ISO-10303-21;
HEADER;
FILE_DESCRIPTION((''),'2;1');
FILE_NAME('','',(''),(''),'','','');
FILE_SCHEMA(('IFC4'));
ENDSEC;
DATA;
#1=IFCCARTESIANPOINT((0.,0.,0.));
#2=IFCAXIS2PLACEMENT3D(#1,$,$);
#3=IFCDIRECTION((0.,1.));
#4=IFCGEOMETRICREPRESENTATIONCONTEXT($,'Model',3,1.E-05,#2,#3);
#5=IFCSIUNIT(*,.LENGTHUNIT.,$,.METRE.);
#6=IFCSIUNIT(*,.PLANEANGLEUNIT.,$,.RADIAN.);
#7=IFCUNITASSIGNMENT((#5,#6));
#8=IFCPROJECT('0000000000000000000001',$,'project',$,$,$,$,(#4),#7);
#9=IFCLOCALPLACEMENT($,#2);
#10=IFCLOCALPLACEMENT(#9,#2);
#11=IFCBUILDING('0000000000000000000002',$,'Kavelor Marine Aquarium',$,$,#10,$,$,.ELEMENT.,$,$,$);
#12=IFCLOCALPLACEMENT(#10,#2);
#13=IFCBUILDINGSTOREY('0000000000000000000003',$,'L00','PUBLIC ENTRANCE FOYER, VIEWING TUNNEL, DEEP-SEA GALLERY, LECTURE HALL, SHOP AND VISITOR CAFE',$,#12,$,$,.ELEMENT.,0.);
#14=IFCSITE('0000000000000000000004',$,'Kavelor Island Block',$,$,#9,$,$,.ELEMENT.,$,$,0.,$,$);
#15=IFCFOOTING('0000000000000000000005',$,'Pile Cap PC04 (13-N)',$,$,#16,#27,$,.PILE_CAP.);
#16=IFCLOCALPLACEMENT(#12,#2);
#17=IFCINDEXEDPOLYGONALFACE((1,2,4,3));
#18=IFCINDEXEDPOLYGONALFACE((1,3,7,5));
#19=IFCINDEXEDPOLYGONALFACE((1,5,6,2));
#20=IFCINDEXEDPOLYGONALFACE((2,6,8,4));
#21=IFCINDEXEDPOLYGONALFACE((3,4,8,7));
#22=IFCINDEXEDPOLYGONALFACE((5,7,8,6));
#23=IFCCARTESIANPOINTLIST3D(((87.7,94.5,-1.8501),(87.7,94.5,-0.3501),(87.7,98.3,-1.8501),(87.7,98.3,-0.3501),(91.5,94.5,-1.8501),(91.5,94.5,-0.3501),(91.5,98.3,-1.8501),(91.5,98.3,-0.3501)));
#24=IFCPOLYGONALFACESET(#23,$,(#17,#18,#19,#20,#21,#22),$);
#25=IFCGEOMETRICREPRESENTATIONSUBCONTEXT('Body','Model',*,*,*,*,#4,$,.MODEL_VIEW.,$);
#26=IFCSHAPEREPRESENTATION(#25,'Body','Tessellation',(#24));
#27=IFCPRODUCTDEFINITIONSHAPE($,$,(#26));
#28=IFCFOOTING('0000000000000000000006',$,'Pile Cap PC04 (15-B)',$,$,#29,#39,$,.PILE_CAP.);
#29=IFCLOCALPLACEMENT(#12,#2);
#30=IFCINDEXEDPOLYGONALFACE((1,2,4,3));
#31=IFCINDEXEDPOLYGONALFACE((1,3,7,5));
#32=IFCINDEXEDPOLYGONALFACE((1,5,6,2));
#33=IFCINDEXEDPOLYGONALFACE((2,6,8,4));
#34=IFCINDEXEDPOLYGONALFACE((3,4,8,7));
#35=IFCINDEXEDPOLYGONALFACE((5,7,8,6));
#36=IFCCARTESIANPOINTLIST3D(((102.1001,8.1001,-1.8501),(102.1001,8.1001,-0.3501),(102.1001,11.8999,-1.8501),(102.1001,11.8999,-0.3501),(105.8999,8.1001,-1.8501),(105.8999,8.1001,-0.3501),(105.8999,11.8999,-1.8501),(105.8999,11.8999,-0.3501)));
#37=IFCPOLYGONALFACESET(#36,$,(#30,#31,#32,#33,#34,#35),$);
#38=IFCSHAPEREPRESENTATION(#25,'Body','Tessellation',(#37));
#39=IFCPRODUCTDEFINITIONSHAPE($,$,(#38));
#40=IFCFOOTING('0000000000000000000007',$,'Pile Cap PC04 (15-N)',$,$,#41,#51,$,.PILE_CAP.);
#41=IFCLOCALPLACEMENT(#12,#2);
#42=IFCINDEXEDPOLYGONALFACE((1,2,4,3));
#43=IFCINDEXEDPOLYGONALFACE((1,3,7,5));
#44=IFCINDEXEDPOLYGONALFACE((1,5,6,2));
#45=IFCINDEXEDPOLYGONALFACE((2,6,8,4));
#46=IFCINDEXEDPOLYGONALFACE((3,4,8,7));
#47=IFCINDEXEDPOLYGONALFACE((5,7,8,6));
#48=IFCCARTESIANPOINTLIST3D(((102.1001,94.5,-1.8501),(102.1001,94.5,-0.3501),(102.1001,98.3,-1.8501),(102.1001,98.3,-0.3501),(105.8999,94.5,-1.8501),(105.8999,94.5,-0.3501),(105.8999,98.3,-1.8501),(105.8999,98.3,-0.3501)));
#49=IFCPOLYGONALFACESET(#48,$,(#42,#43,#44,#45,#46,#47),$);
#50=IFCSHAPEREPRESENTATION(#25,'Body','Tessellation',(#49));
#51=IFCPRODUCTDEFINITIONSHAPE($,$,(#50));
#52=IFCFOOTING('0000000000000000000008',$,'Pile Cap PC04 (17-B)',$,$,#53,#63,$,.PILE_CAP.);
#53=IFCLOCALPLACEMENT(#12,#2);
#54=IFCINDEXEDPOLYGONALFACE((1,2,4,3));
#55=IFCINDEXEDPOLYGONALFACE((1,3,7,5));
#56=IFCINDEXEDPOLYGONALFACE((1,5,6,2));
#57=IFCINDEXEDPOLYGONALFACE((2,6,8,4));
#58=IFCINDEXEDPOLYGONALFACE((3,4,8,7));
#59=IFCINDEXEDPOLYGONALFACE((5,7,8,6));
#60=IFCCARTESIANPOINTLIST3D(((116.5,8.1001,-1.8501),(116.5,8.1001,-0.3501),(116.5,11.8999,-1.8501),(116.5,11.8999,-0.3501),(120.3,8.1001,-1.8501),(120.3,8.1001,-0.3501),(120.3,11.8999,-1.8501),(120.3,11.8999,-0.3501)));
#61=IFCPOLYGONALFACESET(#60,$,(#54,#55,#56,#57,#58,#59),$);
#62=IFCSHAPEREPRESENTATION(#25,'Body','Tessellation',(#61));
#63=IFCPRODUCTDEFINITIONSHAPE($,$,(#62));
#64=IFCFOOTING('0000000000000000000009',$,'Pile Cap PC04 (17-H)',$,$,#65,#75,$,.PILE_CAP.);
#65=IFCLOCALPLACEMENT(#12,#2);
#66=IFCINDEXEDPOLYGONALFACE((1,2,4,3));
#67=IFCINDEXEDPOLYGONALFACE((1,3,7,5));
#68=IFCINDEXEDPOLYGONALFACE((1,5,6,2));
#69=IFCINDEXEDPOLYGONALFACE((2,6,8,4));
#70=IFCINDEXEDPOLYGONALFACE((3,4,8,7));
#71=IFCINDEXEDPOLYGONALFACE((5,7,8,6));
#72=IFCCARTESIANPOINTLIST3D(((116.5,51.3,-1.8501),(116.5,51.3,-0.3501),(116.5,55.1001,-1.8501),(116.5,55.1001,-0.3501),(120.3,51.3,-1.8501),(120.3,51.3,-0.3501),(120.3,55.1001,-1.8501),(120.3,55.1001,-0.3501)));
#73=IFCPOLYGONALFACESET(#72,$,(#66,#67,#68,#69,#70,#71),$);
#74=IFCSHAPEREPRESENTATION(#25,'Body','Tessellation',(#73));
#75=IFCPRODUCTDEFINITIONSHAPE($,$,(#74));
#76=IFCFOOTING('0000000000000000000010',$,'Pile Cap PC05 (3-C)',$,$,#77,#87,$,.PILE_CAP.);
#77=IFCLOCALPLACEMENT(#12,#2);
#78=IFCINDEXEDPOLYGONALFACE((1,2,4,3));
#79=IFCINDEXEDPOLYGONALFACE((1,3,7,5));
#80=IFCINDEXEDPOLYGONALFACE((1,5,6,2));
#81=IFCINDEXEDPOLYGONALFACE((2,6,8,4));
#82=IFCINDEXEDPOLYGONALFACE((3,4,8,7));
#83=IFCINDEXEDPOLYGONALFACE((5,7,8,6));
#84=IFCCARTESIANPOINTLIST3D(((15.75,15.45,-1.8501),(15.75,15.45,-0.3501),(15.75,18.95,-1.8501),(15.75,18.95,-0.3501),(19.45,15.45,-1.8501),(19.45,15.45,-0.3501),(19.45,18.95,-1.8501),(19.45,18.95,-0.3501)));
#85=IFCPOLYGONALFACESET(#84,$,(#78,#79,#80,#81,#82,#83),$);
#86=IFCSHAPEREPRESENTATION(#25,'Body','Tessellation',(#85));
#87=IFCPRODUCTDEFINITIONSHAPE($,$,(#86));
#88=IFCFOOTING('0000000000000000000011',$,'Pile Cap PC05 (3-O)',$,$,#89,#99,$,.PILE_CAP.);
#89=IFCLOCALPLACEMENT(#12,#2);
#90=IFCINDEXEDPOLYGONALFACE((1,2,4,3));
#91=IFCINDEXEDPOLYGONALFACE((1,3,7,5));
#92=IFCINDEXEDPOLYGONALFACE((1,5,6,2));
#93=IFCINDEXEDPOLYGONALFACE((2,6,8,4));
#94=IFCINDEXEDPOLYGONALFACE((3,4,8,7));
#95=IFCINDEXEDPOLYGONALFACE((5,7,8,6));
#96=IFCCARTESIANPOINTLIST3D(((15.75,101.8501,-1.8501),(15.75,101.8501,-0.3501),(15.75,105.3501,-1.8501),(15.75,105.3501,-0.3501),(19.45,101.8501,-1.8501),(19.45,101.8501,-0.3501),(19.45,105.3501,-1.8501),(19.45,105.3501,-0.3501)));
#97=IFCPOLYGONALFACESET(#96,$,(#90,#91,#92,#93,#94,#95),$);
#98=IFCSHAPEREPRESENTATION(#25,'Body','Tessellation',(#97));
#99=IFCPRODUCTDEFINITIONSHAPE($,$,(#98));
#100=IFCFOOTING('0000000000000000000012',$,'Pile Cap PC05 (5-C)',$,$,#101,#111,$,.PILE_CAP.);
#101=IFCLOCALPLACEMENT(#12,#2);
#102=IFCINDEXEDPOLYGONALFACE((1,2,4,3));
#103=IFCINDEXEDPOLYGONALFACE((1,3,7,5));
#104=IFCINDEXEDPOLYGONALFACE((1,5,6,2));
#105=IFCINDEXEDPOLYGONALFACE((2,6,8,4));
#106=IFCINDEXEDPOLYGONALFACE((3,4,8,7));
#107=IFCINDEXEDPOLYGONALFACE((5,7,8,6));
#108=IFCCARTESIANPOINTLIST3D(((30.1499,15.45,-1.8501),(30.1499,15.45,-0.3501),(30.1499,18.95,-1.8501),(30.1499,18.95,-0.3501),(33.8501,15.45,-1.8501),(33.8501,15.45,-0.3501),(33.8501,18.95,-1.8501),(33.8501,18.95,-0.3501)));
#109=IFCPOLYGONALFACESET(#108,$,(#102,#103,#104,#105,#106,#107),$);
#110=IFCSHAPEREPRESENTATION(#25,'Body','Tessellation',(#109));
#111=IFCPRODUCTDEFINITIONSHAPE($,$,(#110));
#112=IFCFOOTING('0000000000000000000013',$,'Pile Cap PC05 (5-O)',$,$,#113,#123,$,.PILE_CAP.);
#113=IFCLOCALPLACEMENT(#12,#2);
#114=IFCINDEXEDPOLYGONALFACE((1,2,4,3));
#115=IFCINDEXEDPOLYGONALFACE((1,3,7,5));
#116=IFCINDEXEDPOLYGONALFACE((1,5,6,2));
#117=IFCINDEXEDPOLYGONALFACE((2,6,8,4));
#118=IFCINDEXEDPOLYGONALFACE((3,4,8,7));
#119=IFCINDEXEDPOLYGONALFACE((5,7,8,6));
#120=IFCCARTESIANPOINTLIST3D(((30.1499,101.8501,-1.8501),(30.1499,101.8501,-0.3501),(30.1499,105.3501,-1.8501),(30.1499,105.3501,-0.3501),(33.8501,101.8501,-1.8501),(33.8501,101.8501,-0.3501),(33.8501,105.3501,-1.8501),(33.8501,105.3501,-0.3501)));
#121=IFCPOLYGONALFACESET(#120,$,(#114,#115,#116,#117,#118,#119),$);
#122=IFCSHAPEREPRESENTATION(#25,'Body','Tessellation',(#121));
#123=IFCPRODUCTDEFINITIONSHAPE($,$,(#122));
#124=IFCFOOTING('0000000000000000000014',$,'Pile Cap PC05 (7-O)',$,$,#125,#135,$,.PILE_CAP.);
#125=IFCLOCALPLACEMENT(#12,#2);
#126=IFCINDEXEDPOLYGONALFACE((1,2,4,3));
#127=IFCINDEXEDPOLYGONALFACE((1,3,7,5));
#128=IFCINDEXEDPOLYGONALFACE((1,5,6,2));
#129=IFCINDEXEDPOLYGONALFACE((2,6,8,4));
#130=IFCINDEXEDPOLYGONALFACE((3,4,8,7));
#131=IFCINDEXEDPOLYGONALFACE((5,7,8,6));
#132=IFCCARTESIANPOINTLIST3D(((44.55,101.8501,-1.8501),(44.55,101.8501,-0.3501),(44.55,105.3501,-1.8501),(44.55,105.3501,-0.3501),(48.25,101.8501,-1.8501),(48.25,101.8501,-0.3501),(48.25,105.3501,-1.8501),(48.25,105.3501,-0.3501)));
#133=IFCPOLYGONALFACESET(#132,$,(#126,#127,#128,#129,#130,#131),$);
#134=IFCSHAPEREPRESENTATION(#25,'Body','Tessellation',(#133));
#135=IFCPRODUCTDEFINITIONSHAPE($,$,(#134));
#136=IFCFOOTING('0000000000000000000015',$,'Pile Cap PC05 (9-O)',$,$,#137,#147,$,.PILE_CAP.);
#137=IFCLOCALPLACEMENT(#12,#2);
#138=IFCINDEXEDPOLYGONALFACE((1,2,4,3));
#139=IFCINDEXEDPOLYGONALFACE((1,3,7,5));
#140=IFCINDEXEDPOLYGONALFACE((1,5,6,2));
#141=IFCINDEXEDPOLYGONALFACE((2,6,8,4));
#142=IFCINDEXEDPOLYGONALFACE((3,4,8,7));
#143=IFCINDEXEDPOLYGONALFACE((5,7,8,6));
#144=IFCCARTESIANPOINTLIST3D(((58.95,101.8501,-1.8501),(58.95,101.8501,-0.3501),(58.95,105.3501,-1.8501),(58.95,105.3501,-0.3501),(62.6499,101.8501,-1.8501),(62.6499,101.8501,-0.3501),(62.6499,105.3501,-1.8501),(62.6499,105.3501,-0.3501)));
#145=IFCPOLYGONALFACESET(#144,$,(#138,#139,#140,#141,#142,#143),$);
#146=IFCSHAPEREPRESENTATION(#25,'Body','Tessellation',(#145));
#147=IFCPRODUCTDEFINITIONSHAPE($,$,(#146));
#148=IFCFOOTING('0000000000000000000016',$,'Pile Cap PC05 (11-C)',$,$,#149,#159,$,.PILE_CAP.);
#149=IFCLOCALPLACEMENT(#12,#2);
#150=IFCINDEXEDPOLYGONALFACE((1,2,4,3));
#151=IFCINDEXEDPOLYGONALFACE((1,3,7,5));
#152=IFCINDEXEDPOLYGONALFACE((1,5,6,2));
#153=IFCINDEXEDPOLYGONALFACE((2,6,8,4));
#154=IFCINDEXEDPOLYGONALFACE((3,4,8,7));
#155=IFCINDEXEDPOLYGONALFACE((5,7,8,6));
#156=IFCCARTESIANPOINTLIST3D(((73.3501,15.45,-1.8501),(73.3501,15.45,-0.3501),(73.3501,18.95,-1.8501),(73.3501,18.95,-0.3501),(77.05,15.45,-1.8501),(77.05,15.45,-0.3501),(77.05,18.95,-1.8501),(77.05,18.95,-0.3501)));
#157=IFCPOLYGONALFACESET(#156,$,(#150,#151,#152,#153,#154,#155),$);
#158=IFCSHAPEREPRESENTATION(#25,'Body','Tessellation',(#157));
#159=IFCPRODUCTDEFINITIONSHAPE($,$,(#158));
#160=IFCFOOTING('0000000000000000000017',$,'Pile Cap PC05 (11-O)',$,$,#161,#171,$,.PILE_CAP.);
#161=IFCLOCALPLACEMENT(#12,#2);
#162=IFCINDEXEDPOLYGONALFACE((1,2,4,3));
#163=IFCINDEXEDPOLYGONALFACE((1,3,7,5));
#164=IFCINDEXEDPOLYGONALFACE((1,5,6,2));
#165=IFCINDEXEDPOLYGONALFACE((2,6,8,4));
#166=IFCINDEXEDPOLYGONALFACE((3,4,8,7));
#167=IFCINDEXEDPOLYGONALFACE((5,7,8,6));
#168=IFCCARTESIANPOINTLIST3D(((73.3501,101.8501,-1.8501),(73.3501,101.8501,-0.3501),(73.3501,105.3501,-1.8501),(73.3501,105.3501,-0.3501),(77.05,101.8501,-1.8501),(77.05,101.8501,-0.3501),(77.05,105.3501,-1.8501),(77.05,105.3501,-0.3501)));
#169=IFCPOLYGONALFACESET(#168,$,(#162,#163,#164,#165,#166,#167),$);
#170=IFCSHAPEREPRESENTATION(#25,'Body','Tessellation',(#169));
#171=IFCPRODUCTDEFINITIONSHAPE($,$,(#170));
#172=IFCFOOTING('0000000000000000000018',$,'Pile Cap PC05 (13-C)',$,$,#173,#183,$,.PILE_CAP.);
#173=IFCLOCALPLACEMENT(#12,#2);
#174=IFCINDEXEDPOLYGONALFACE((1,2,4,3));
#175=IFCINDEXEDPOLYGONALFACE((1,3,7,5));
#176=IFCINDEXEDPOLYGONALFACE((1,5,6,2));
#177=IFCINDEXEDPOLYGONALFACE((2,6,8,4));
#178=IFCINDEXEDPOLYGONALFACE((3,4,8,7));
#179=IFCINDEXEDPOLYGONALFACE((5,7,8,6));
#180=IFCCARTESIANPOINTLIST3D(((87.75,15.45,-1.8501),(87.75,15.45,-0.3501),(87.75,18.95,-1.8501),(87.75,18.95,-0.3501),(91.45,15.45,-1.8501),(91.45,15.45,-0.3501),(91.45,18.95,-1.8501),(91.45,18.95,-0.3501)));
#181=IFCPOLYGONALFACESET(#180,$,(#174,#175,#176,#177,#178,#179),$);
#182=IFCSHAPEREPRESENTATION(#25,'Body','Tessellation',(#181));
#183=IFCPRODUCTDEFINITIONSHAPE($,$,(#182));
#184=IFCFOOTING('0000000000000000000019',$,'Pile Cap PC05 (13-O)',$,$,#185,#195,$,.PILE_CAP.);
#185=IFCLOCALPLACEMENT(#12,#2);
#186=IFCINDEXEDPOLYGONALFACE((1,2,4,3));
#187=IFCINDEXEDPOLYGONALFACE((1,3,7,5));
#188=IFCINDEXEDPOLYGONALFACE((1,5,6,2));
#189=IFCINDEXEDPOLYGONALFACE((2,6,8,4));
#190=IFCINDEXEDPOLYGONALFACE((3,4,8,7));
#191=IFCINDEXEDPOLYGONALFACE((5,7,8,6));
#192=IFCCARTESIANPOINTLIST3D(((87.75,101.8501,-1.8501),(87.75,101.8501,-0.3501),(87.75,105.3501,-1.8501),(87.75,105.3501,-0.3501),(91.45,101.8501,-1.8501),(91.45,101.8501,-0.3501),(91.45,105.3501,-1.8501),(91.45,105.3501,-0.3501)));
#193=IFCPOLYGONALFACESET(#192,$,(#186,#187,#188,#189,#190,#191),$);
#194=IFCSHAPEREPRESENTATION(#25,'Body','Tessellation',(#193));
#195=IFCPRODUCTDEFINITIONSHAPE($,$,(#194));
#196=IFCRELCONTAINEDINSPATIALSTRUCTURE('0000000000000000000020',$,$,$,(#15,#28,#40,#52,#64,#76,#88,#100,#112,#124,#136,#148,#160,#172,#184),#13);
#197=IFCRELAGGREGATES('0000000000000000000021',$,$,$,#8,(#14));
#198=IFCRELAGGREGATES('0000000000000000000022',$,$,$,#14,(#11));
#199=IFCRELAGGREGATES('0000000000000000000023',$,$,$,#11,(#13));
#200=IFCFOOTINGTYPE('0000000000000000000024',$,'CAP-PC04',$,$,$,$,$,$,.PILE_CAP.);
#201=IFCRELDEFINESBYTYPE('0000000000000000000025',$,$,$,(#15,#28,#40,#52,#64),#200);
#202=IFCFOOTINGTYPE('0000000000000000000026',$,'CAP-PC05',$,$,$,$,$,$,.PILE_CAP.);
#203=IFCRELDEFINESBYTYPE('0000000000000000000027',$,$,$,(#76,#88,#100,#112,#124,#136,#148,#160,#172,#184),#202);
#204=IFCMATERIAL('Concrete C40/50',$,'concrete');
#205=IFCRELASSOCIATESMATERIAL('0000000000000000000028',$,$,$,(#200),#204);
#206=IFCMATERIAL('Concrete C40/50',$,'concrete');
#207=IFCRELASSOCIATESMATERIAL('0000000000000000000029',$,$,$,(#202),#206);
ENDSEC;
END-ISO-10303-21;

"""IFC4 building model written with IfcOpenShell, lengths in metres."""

from ifc_helpers import new_model, si_unit, direction, frame, origin, place, context, subcontext, project, spatial, polyline, outline, extrude, material, type_object, element, save


model = new_model("IFC4")

# Units and contexts
model_context = context("Model", 3, precision=1e-05, world=origin(), true_north=direction((0.0, 1.0)))
body_context = subcontext(model_context, "Body", "Model", "MODEL_VIEW")
ifc_project = project(units=[si_unit("LENGTHUNIT", "METRE"), si_unit("PLANEANGLEUNIT", "RADIAN")], contexts=[model_context])

# Site, building, storey
site_placement = place(None, origin())
site = spatial("IfcSite", under=ifc_project, at=site_placement, Name="Kavelor Island Block", CompositionType="ELEMENT", RefElevation=0.0)
building_placement = place(site_placement, origin())
building = spatial("IfcBuilding", under=site, at=building_placement, Name="Kavelor Marine Aquarium", CompositionType="ELEMENT")
storey_placement = place(building_placement, origin())
storey = spatial("IfcBuildingStorey", under=building, at=storey_placement, Name="L00", Description="PUBLIC ENTRANCE FOYER, VIEWING TUNNEL, DEEP-SEA GALLERY, LECTURE HALL, SHOP AND VISITOR CAFE", CompositionType="ELEMENT", Elevation=0.0)

# Footings
ifc_material_1 = material(Name="Concrete C40/50", Category="concrete")
footing_type_1 = type_object("IfcFootingType", Name="CAP-PC04", PredefinedType="PILE_CAP", material=ifc_material_1)
footing_1_placement = place(storey_placement, frame((0.0, 0.0, -1.8501)))
element("IfcFooting", 1, at=footing_1_placement, inside=storey, type_object=footing_type_1, Name="Pile Cap PC04 (13-N)", PredefinedType="PILE_CAP", context=body_context, shape_type="SweptSolid", body=[
    extrude(outline(polyline([(87.7, 94.5), (91.5, 94.5), (91.5, 98.3), (87.7, 98.3), (87.7, 94.5)])), origin(), (0.0, 0.0, 1.0), 1.5),
])
footing_2_placement = place(storey_placement, frame((0.0, 0.0, -1.8501)))
element("IfcFooting", 2, at=footing_2_placement, inside=storey, type_object=footing_type_1, Name="Pile Cap PC04 (15-B)", PredefinedType="PILE_CAP", context=body_context, shape_type="SweptSolid", body=[
    extrude(outline(polyline([(102.1001, 8.1001), (105.8999, 8.1001), (105.8999, 11.8999), (102.1001, 11.8999), (102.1001, 8.1001)])), origin(), (0.0, 0.0, 1.0), 1.5),
])
footing_3_placement = place(storey_placement, frame((0.0, 0.0, -1.8501)))
element("IfcFooting", 3, at=footing_3_placement, inside=storey, type_object=footing_type_1, Name="Pile Cap PC04 (15-N)", PredefinedType="PILE_CAP", context=body_context, shape_type="SweptSolid", body=[
    extrude(outline(polyline([(102.1001, 94.5), (105.8999, 94.5), (105.8999, 98.3), (102.1001, 98.3), (102.1001, 94.5)])), origin(), (0.0, 0.0, 1.0), 1.5),
])
footing_4_placement = place(storey_placement, frame((0.0, 0.0, -1.8501)))
element("IfcFooting", 4, at=footing_4_placement, inside=storey, type_object=footing_type_1, Name="Pile Cap PC04 (17-B)", PredefinedType="PILE_CAP", context=body_context, shape_type="SweptSolid", body=[
    extrude(outline(polyline([(116.5, 8.1001), (120.3, 8.1001), (120.3, 11.8999), (116.5, 11.8999), (116.5, 8.1001)])), origin(), (0.0, 0.0, 1.0), 1.5),
])
footing_5_placement = place(storey_placement, frame((0.0, 0.0, -1.8501)))
element("IfcFooting", 5, at=footing_5_placement, inside=storey, type_object=footing_type_1, Name="Pile Cap PC04 (17-H)", PredefinedType="PILE_CAP", context=body_context, shape_type="SweptSolid", body=[
    extrude(outline(polyline([(116.5, 51.3), (120.3, 51.3), (120.3, 55.1001), (116.5, 55.1001), (116.5, 51.3)])), origin(), (0.0, 0.0, 1.0), 1.5),
])
ifc_material_2 = material(Name="Concrete C40/50", Category="concrete")
footing_type_2 = type_object("IfcFootingType", Name="CAP-PC05", PredefinedType="PILE_CAP", material=ifc_material_2)
footing_6_placement = place(storey_placement, frame((0.0, 0.0, -1.8501)))
element("IfcFooting", 6, at=footing_6_placement, inside=storey, type_object=footing_type_2, Name="Pile Cap PC05 (3-C)", PredefinedType="PILE_CAP", context=body_context, shape_type="SweptSolid", body=[
    extrude(outline(polyline([(15.75, 15.45), (19.45, 15.45), (19.45, 18.95), (15.75, 18.95), (15.75, 15.45)])), origin(), (0.0, 0.0, 1.0), 1.5),
])
footing_7_placement = place(storey_placement, frame((0.0, 0.0, -1.8501)))
element("IfcFooting", 7, at=footing_7_placement, inside=storey, type_object=footing_type_2, Name="Pile Cap PC05 (3-O)", PredefinedType="PILE_CAP", context=body_context, shape_type="SweptSolid", body=[
    extrude(outline(polyline([(15.75, 101.8501), (19.45, 101.8501), (19.45, 105.3501), (15.75, 105.3501), (15.75, 101.8501)])), origin(), (0.0, 0.0, 1.0), 1.5),
])
footing_8_placement = place(storey_placement, frame((0.0, 0.0, -1.8501)))
element("IfcFooting", 8, at=footing_8_placement, inside=storey, type_object=footing_type_2, Name="Pile Cap PC05 (5-C)", PredefinedType="PILE_CAP", context=body_context, shape_type="SweptSolid", body=[
    extrude(outline(polyline([(30.1499, 15.45), (33.8501, 15.45), (33.8501, 18.95), (30.1499, 18.95), (30.1499, 15.45)])), origin(), (0.0, 0.0, 1.0), 1.5),
])
footing_9_placement = place(storey_placement, frame((0.0, 0.0, -1.8501)))
element("IfcFooting", 9, at=footing_9_placement, inside=storey, type_object=footing_type_2, Name="Pile Cap PC05 (5-O)", PredefinedType="PILE_CAP", context=body_context, shape_type="SweptSolid", body=[
    extrude(outline(polyline([(30.1499, 101.8501), (33.8501, 101.8501), (33.8501, 105.3501), (30.1499, 105.3501), (30.1499, 101.8501)])), origin(), (0.0, 0.0, 1.0), 1.5),
])
footing_10_placement = place(storey_placement, frame((0.0, 0.0, -1.8501)))
element("IfcFooting", 10, at=footing_10_placement, inside=storey, type_object=footing_type_2, Name="Pile Cap PC05 (7-O)", PredefinedType="PILE_CAP", context=body_context, shape_type="SweptSolid", body=[
    extrude(outline(polyline([(44.55, 101.8501), (48.25, 101.8501), (48.25, 105.3501), (44.55, 105.3501), (44.55, 101.8501)])), origin(), (0.0, 0.0, 1.0), 1.5),
])
footing_11_placement = place(storey_placement, frame((0.0, 0.0, -1.8501)))
element("IfcFooting", 11, at=footing_11_placement, inside=storey, type_object=footing_type_2, Name="Pile Cap PC05 (9-O)", PredefinedType="PILE_CAP", context=body_context, shape_type="SweptSolid", body=[
    extrude(outline(polyline([(58.95, 101.8501), (62.6499, 101.8501), (62.6499, 105.3501), (58.95, 105.3501), (58.95, 101.8501)])), origin(), (0.0, 0.0, 1.0), 1.5),
])
footing_12_placement = place(storey_placement, frame((0.0, 0.0, -1.8501)))
element("IfcFooting", 12, at=footing_12_placement, inside=storey, type_object=footing_type_2, Name="Pile Cap PC05 (11-C)", PredefinedType="PILE_CAP", context=body_context, shape_type="SweptSolid", body=[
    extrude(outline(polyline([(73.3501, 15.45), (77.05, 15.45), (77.05, 18.95), (73.3501, 18.95), (73.3501, 15.45)])), origin(), (0.0, 0.0, 1.0), 1.5),
])
footing_13_placement = place(storey_placement, frame((0.0, 0.0, -1.8501)))
element("IfcFooting", 13, at=footing_13_placement, inside=storey, type_object=footing_type_2, Name="Pile Cap PC05 (11-O)", PredefinedType="PILE_CAP", context=body_context, shape_type="SweptSolid", body=[
    extrude(outline(polyline([(73.3501, 101.8501), (77.05, 101.8501), (77.05, 105.3501), (73.3501, 105.3501), (73.3501, 101.8501)])), origin(), (0.0, 0.0, 1.0), 1.5),
])
footing_14_placement = place(storey_placement, frame((0.0, 0.0, -1.8501)))
element("IfcFooting", 14, at=footing_14_placement, inside=storey, type_object=footing_type_2, Name="Pile Cap PC05 (13-C)", PredefinedType="PILE_CAP", context=body_context, shape_type="SweptSolid", body=[
    extrude(outline(polyline([(87.75, 15.45), (91.45, 15.45), (91.45, 18.95), (87.75, 18.95), (87.75, 15.45)])), origin(), (0.0, 0.0, 1.0), 1.5),
])
footing_15_placement = place(storey_placement, frame((0.0, 0.0, -1.8501)))
element("IfcFooting", 15, at=footing_15_placement, inside=storey, type_object=footing_type_2, Name="Pile Cap PC05 (13-O)", PredefinedType="PILE_CAP", context=body_context, shape_type="SweptSolid", body=[
    extrude(outline(polyline([(87.75, 101.8501), (91.45, 101.8501), (91.45, 105.3501), (87.75, 105.3501), (87.75, 101.8501)])), origin(), (0.0, 0.0, 1.0), 1.5),
])

save(model, "model.ifc")
